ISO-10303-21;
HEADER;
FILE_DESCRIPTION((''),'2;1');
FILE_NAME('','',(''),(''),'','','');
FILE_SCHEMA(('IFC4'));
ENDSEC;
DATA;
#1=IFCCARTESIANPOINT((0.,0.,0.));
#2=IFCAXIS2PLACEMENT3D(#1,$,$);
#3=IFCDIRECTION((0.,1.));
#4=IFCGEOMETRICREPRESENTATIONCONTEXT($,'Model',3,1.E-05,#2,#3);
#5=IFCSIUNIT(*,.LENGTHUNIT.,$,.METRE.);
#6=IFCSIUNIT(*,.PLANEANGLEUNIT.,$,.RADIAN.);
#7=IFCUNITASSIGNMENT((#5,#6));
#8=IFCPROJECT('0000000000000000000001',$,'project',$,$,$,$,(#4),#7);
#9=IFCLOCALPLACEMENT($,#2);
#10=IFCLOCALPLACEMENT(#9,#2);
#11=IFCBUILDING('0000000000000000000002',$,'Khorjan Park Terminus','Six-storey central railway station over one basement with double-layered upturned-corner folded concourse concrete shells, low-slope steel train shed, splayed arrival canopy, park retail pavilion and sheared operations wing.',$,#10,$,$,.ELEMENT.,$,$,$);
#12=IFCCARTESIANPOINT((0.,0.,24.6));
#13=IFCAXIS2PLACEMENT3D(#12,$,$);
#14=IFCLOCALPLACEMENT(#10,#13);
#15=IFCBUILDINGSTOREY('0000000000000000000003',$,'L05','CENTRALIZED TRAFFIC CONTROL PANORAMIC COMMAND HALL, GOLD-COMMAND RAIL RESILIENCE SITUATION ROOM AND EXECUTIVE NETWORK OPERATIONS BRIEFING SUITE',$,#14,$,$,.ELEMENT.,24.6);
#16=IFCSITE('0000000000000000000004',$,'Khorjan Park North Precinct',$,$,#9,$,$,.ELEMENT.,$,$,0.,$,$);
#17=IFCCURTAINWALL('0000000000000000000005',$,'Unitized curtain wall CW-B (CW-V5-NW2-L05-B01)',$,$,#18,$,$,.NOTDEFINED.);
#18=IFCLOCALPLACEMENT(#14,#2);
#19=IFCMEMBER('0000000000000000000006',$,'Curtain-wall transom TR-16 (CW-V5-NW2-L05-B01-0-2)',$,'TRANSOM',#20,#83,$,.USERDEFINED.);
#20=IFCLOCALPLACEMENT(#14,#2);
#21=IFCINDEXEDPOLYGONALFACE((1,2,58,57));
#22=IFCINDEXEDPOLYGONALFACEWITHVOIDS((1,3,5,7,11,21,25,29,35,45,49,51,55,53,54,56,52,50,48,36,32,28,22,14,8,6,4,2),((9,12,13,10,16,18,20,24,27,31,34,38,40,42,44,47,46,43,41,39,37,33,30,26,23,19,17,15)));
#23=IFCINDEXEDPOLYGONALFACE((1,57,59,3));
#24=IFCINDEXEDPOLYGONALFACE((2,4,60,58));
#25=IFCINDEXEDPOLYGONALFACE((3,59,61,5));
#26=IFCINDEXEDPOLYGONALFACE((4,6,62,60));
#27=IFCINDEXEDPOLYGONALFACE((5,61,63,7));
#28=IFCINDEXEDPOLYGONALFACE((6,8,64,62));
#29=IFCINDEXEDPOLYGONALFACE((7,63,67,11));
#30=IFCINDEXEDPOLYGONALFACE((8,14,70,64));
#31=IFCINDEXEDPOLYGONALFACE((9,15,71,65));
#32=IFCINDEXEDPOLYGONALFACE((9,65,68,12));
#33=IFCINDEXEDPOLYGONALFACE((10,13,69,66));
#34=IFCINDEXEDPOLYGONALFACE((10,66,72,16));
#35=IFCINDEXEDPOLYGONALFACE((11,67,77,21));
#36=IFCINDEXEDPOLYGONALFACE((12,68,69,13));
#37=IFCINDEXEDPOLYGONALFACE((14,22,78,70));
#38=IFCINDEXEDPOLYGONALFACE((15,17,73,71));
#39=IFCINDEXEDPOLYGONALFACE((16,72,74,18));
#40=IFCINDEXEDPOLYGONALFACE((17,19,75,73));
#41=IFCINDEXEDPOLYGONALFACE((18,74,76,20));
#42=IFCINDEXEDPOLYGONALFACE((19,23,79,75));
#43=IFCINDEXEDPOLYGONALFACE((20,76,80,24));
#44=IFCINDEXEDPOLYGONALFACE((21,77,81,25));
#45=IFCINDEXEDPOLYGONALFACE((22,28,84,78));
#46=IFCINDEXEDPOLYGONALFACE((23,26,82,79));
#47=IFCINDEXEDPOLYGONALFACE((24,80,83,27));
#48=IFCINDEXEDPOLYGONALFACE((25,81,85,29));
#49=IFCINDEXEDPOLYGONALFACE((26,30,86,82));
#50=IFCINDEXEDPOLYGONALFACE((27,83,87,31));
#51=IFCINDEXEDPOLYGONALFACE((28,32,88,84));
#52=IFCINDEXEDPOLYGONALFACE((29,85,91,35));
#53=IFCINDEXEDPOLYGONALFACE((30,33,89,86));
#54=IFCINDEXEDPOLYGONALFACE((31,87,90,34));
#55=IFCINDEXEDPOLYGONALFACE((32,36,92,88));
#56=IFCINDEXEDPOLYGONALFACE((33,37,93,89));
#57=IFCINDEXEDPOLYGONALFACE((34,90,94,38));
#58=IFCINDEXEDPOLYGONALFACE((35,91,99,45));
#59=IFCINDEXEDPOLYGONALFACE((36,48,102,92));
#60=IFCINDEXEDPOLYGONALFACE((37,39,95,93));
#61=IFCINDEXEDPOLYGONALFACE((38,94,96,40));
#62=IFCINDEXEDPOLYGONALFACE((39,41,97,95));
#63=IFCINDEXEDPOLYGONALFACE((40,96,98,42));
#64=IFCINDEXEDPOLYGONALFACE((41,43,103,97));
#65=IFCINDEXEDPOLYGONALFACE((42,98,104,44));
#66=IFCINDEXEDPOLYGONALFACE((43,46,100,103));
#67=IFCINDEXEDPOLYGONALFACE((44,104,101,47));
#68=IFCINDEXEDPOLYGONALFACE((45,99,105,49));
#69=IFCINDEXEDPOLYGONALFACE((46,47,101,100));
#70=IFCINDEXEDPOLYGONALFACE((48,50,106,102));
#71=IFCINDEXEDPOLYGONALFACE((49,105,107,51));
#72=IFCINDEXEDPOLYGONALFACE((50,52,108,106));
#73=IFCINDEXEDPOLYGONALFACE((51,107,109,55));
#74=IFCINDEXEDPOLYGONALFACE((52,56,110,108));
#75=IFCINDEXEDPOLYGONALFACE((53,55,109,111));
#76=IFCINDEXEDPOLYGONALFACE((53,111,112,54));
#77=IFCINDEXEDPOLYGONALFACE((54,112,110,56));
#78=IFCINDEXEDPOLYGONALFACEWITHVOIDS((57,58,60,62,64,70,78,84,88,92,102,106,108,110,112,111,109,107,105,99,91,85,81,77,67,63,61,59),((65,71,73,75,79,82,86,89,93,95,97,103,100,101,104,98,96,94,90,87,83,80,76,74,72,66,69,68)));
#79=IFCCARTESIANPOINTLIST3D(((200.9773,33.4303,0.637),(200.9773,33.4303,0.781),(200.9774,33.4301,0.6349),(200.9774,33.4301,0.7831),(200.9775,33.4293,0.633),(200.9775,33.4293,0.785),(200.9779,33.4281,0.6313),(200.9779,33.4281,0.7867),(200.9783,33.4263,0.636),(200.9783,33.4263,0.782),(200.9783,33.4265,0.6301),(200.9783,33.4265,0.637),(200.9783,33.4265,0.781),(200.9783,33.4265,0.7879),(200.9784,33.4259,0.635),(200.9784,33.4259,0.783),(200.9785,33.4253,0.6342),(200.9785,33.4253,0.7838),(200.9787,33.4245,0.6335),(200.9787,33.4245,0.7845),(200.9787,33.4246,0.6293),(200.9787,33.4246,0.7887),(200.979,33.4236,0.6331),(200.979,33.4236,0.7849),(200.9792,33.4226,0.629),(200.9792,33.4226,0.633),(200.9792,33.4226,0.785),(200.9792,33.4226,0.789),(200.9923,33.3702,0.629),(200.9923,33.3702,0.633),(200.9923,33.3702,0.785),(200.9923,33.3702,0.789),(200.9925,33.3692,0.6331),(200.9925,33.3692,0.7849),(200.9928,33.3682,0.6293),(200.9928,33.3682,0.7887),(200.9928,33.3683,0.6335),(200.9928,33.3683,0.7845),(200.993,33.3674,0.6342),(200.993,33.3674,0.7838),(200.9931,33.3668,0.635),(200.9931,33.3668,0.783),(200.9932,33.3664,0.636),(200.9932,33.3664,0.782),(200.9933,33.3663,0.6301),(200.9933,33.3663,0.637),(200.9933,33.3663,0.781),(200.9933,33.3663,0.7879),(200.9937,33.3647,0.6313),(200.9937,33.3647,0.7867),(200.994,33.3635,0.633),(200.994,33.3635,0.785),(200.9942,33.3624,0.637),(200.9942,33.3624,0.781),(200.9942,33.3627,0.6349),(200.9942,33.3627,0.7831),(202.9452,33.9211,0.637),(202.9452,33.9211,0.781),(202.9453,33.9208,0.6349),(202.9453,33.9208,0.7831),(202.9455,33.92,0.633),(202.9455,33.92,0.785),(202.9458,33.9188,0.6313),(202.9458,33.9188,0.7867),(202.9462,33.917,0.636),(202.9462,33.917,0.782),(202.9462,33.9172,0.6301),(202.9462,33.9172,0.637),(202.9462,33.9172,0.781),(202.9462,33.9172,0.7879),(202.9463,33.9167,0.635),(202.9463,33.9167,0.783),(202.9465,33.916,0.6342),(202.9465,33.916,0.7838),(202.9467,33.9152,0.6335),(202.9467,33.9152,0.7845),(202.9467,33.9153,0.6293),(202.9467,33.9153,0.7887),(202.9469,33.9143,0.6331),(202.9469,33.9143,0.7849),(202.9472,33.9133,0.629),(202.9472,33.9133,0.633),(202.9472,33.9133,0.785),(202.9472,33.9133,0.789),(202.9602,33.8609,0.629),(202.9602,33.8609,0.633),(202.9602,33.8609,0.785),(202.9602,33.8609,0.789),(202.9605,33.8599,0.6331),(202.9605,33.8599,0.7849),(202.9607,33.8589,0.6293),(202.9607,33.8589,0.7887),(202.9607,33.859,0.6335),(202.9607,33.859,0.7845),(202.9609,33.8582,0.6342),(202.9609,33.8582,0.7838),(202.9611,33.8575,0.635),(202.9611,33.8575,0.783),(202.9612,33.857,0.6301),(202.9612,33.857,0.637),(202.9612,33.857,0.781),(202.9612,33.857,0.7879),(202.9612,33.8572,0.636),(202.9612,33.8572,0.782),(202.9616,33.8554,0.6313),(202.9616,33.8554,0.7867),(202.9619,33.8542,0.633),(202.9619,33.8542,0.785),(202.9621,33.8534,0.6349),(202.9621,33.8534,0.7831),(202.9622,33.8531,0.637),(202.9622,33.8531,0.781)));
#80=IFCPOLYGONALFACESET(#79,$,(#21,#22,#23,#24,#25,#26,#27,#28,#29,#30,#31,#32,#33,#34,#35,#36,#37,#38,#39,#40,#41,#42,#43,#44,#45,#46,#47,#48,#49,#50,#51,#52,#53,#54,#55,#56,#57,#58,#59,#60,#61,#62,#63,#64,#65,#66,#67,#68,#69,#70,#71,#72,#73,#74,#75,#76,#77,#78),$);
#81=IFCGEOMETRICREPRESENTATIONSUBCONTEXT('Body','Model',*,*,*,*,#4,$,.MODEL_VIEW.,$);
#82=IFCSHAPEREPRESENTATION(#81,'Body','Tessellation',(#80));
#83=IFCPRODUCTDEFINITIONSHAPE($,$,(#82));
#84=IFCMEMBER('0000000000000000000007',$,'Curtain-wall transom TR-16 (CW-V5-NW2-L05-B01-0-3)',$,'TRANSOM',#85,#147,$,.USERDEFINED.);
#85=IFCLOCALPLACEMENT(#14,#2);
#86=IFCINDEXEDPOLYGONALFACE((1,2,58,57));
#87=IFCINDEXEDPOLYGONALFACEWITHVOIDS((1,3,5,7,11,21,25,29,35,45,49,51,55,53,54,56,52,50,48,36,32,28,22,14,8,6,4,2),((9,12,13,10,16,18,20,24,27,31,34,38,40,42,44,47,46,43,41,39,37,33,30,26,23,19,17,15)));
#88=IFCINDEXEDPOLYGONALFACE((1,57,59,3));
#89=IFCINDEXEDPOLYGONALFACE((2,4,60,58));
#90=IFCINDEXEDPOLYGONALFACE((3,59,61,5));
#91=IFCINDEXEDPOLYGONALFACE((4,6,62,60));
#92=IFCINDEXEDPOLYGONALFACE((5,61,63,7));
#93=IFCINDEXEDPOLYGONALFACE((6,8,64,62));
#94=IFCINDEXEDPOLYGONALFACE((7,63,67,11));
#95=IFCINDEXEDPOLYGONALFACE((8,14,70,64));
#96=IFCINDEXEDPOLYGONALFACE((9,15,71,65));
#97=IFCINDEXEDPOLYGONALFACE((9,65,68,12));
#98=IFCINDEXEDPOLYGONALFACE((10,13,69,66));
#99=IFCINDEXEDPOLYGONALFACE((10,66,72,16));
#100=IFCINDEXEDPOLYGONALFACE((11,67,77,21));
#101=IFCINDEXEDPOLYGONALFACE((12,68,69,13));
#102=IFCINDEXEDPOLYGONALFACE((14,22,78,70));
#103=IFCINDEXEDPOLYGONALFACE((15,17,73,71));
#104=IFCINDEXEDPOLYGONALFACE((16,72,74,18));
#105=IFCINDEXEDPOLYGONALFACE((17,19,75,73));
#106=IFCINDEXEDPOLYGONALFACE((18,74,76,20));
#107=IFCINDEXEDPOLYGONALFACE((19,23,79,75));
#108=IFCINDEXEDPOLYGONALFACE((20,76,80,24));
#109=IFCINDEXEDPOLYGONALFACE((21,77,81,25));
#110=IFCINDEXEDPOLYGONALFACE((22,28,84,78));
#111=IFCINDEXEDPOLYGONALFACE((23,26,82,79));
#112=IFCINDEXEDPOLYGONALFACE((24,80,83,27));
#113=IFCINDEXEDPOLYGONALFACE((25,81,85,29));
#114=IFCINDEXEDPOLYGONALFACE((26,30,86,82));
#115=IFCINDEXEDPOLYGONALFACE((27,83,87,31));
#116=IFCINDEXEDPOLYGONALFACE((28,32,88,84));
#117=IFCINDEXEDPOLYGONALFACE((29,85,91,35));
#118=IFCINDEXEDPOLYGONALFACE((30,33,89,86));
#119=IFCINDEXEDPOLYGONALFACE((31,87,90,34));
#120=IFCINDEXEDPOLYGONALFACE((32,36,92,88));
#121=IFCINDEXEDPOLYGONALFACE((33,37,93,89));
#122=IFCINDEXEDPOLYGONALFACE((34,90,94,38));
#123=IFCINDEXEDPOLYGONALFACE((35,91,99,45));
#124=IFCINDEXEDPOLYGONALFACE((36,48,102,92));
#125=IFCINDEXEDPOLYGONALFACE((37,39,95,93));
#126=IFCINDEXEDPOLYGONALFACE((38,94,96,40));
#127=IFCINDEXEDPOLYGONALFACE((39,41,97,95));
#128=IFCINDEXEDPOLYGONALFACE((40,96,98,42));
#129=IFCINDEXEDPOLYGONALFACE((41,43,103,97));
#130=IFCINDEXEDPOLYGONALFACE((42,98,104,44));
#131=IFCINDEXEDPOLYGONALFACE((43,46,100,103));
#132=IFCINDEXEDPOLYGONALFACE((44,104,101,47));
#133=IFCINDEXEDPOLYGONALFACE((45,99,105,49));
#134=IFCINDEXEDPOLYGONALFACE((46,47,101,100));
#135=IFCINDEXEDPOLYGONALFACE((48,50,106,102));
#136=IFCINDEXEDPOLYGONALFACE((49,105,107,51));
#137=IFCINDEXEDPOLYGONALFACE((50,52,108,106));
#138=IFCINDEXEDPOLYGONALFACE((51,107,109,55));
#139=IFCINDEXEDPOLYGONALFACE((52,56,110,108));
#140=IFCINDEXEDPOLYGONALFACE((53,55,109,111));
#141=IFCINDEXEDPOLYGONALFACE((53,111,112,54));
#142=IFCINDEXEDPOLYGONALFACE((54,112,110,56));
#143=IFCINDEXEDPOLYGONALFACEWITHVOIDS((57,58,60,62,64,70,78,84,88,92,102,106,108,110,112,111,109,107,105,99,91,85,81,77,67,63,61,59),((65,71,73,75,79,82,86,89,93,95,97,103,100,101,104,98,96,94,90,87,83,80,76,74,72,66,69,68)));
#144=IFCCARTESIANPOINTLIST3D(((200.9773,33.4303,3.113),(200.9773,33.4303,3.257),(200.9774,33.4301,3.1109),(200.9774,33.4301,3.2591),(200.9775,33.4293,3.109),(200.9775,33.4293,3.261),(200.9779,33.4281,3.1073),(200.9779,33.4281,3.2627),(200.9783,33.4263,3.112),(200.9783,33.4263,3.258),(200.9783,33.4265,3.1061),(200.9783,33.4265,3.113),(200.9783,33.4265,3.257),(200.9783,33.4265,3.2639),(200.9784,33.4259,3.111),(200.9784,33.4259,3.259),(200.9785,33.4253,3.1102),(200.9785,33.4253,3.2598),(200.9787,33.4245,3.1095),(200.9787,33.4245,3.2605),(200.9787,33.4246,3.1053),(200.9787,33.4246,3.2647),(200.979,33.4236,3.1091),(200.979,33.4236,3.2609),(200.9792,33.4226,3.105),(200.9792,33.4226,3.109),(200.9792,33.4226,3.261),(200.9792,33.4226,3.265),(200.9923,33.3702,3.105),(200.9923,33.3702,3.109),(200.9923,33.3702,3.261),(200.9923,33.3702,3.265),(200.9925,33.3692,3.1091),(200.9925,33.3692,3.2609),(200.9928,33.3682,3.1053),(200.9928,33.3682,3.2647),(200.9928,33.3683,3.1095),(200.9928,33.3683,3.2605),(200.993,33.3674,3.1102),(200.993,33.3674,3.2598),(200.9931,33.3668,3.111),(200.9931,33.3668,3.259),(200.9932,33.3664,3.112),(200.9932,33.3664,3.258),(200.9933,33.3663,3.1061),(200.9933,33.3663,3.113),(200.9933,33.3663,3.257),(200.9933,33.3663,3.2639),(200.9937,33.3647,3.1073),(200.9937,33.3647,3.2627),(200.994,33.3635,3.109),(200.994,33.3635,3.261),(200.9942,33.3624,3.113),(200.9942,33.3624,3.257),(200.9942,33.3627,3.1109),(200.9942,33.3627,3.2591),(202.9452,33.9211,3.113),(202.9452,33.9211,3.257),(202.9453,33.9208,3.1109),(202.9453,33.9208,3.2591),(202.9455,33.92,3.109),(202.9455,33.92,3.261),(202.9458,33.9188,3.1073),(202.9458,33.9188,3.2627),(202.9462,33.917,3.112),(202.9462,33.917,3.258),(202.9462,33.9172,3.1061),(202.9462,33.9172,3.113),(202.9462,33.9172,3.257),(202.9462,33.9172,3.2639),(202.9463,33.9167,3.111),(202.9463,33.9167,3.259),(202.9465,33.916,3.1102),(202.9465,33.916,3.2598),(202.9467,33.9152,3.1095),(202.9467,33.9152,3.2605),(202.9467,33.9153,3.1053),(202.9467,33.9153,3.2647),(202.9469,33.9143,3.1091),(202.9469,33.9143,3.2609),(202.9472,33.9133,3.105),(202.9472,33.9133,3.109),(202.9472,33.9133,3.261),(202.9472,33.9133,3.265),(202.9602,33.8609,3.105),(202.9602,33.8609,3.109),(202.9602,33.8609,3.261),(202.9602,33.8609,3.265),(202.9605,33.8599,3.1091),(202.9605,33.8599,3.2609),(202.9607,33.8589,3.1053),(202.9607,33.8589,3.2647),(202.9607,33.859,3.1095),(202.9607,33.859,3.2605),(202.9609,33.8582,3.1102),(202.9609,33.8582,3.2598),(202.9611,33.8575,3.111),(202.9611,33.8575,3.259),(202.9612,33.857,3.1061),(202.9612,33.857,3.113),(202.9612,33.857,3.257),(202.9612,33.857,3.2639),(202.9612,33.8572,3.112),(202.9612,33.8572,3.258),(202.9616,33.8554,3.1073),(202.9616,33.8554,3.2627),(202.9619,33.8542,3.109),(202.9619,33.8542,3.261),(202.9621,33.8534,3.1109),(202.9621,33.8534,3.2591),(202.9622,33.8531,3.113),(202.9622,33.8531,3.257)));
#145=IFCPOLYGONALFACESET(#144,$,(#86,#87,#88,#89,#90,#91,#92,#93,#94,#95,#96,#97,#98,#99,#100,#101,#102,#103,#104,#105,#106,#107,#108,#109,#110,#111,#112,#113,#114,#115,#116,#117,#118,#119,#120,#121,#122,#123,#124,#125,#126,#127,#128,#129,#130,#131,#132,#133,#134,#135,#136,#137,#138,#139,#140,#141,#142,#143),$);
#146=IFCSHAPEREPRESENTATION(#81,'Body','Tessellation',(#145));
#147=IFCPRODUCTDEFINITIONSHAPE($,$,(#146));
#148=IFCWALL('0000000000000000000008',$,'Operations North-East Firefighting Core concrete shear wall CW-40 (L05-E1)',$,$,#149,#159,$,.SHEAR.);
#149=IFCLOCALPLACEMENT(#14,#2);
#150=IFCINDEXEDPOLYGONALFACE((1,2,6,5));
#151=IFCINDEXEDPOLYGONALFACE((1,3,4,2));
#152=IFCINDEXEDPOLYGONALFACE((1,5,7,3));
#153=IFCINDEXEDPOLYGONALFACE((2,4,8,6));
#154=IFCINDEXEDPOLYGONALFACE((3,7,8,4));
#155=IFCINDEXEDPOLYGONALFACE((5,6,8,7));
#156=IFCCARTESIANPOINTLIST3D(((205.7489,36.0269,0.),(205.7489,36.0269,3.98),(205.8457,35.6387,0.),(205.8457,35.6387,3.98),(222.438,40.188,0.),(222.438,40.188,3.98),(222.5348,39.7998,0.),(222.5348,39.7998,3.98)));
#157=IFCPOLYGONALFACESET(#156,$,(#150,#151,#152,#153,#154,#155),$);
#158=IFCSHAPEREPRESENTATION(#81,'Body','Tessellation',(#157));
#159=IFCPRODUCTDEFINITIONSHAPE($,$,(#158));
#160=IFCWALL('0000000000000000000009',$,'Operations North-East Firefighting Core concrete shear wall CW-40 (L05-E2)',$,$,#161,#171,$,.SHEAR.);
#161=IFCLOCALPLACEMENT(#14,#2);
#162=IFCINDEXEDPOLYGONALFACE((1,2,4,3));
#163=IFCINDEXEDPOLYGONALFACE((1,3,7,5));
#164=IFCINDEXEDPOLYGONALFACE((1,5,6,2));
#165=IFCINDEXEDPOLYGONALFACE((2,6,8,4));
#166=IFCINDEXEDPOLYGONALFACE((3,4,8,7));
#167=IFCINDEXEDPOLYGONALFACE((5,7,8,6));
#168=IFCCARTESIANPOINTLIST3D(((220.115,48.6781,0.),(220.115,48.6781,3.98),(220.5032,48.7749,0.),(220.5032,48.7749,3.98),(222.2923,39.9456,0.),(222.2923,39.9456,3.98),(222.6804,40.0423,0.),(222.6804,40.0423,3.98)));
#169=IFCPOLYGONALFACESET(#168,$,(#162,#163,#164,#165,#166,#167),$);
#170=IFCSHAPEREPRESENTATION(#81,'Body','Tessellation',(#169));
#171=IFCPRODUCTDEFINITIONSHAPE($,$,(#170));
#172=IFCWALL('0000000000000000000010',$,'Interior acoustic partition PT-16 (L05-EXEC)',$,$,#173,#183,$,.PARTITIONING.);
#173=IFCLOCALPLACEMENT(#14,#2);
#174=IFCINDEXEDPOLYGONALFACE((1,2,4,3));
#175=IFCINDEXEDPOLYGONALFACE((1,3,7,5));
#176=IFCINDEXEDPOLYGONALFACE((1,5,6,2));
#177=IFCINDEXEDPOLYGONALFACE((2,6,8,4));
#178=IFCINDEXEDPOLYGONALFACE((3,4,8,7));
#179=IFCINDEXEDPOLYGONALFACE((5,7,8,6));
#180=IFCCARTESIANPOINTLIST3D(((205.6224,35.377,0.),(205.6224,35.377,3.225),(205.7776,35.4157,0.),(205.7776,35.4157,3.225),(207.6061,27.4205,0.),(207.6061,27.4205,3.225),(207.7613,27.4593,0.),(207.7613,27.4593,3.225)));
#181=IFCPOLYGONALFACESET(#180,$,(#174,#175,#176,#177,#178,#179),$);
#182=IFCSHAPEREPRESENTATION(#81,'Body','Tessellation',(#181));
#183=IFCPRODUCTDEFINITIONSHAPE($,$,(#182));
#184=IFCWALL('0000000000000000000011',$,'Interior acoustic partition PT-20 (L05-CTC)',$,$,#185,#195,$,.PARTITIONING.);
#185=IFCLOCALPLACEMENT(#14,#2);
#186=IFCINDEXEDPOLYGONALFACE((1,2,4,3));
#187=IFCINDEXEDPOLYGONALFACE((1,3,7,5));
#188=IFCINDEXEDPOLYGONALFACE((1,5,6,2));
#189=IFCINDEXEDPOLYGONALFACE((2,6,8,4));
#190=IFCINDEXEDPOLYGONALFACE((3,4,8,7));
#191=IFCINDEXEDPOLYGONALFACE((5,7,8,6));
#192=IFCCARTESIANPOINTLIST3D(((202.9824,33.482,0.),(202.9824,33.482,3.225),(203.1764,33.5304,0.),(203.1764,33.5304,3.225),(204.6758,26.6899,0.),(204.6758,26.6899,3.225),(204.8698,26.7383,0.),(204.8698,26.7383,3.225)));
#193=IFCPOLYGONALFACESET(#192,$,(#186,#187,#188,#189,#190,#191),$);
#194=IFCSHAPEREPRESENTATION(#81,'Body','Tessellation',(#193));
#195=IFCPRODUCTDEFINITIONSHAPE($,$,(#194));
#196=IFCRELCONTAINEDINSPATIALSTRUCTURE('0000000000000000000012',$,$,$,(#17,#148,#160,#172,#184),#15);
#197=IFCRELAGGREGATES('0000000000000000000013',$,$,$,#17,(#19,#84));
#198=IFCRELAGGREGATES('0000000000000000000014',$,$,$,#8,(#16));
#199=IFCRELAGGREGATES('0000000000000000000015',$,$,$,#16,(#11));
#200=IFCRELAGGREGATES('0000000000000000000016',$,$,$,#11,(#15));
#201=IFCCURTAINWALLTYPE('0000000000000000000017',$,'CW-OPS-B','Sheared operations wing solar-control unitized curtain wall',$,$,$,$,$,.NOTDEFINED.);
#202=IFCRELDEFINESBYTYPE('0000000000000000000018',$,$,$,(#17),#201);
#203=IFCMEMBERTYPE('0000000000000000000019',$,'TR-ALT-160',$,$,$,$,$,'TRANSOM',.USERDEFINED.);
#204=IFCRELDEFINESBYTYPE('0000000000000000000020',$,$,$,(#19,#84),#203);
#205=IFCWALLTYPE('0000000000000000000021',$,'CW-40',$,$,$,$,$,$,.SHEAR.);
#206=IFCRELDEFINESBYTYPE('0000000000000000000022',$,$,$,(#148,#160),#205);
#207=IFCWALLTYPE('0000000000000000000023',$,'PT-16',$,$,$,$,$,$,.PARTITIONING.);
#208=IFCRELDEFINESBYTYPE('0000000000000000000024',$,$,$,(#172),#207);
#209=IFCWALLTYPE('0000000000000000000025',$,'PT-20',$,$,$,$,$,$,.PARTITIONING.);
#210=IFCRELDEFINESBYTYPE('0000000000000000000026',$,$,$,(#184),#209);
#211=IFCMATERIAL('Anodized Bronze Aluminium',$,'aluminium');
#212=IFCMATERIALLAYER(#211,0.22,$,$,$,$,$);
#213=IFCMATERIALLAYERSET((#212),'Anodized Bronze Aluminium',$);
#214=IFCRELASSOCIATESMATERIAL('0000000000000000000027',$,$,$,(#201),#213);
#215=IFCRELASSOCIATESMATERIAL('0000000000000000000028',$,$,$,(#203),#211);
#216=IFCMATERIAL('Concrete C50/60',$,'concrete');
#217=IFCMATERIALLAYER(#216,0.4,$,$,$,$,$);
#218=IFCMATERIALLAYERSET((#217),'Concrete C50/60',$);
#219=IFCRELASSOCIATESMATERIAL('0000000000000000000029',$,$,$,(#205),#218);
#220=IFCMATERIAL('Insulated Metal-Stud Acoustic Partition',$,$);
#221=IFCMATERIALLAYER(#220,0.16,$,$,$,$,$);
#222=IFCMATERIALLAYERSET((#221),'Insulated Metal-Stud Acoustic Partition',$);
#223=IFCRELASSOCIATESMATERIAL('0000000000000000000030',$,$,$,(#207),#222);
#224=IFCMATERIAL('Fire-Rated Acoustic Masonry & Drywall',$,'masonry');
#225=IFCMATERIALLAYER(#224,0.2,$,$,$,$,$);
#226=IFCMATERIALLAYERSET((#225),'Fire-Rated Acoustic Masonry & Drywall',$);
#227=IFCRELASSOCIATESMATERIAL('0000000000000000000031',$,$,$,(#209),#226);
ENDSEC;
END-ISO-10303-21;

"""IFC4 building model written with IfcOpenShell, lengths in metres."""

from ifc_helpers import new_model, si_unit, direction, frame, frame_2d, origin, origin_2d, place, context, subcontext, project, spatial, rectangle, hollow_rectangle, extrude, material, layer, layer_set, material_profile, profile_set, type_object, element, aggregate, save


model = new_model("IFC4")

# Units and contexts
model_context = context("Model", 3, precision=1e-05, world=origin(), true_north=direction((0.0, 1.0)))
body_context = subcontext(model_context, "Body", "Model", "MODEL_VIEW")
ifc_project = project(units=[si_unit("LENGTHUNIT", "METRE"), si_unit("PLANEANGLEUNIT", "RADIAN")], contexts=[model_context])

# Site, building, storey
site_placement = place(None, origin())
site = spatial("IfcSite", under=ifc_project, at=site_placement, Name="Khorjan Park North Precinct", CompositionType="ELEMENT", RefElevation=0.0)
building_placement = place(site_placement, origin())
building = spatial("IfcBuilding", under=site, at=building_placement, Name="Khorjan Park Terminus", Description="Six-storey central railway station over one basement with double-layered upturned-corner folded concourse concrete shells, low-slope steel train shed, splayed arrival canopy, park retail pavilion and sheared operations wing.", CompositionType="ELEMENT")
storey_placement = place(building_placement, frame((0.0, 0.0, 24.6)))
storey = spatial("IfcBuildingStorey", under=building, at=storey_placement, Name="L05", Description="CENTRALIZED TRAFFIC CONTROL PANORAMIC COMMAND HALL, GOLD-COMMAND RAIL RESILIENCE SITUATION ROOM AND EXECUTIVE NETWORK OPERATIONS BRIEFING SUITE", CompositionType="ELEMENT", Elevation=24.6)

# Shared definitions
ifc_material_1 = material(Name="Concrete C50/60", Category="concrete")

# Curtain wall, members
ifc_material_2 = material(Name="Anodized Bronze Aluminium", Category="aluminium")
ifc_layer_1 = layer(ifc_material_2, 0.22)
ifc_layer_set_1 = layer_set([ifc_layer_1], Name="Anodized Bronze Aluminium")
curtain_wall_type = type_object("IfcCurtainWallType", Name="CW-OPS-B", Description="Sheared operations wing solar-control unitized curtain wall", PredefinedType="NOTDEFINED", material=ifc_layer_set_1)
curtain_wall_placement = place(storey_placement, origin())
curtain_wall = element("IfcCurtainWall", 1, at=curtain_wall_placement, inside=storey, type_object=curtain_wall_type, Name="Unitized curtain wall CW-B (CW-V5-NW2-L05-B01)", PredefinedType="NOTDEFINED")
ifc_material_profile_1 = material_profile(ifc_material_2, hollow_rectangle(XDim=0.07, YDim=0.16, WallThickness=0.004, InnerFilletRadius=0.004, OuterFilletRadius=0.008, at=origin_2d()), Name="ALT 70x160x4")
ifc_profile_set_1 = profile_set([ifc_material_profile_1], Name="Anodized Bronze Aluminium")
member_type_1 = type_object("IfcMemberType", Name="TR-ALT-160", ElementType="TRANSOM", PredefinedType="USERDEFINED", material=ifc_profile_set_1)
member_1_placement = place(storey_placement, frame((202.9537, 33.8871, 0.709), z_axis=(-0.97029, -0.241944, 0.0), x_axis=(0.241944, -0.97029, 0.0)))
member_1 = element("IfcMember", 2, at=member_1_placement, type_object=member_type_1, Name="Curtain-wall transom TR-16 (CW-V5-NW2-L05-B01-0-2)", ObjectType="TRANSOM", PredefinedType="USERDEFINED", context=body_context, shape_type="SweptSolid", body=[
    extrude(hollow_rectangle(XDim=0.07, YDim=0.16, WallThickness=0.004, InnerFilletRadius=0.004, OuterFilletRadius=0.008, at=origin_2d()), origin(), (0.0, 0.0, 1.0), 2.0282),
])
member_2_placement = place(storey_placement, frame((202.9537, 33.8871, 3.185), z_axis=(-0.97029, -0.241944, 0.0), x_axis=(0.241944, -0.97029, 0.0)))
member_2 = element("IfcMember", 3, at=member_2_placement, type_object=member_type_1, Name="Curtain-wall transom TR-16 (CW-V5-NW2-L05-B01-0-3)", ObjectType="TRANSOM", PredefinedType="USERDEFINED", context=body_context, shape_type="SweptSolid", body=[
    extrude(hollow_rectangle(XDim=0.07, YDim=0.16, WallThickness=0.004, InnerFilletRadius=0.004, OuterFilletRadius=0.008, at=origin_2d()), origin(), (0.0, 0.0, 1.0), 2.0282),
])
aggregate(curtain_wall, [member_1, member_2])

# Walls
ifc_layer_2 = layer(ifc_material_1, 0.4)
ifc_layer_set_2 = layer_set([ifc_layer_2], Name="Concrete C50/60")
wall_type_1 = type_object("IfcWallType", Name="CW-40", PredefinedType="SHEAR", material=ifc_layer_set_2)
wall_1_placement = place(storey_placement, frame((205.7973, 35.8328, 0.0), z_axis=(0.0, 0.0, 1.0), x_axis=(0.970295, 0.241924, 0.0)))
element("IfcWall", 4, at=wall_1_placement, inside=storey, type_object=wall_type_1, Name="Operations North-East Firefighting Core concrete shear wall CW-40 (L05-E1)", PredefinedType="SHEAR", context=body_context, shape_type="SweptSolid", body=[
    extrude(rectangle(XDim=17.2, YDim=0.4, at=frame_2d((8.6, 0.0))), origin(), (0.0, 0.0, 1.0), 3.98),
])
wall_2_placement = place(storey_placement, frame((222.4864, 39.9939, 0.0), z_axis=(0.0, 0.0, 1.0), x_axis=(-0.241924, 0.970295, 0.0)))
element("IfcWall", 5, at=wall_2_placement, inside=storey, type_object=wall_type_1, Name="Operations North-East Firefighting Core concrete shear wall CW-40 (L05-E2)", PredefinedType="SHEAR", context=body_context, shape_type="SweptSolid", body=[
    extrude(rectangle(XDim=8.9999, YDim=0.4, at=frame_2d((4.5, 0.0))), origin(), (0.0, 0.0, 1.0), 3.98),
])
ifc_material_3 = material(Name="Insulated Metal-Stud Acoustic Partition")
ifc_layer_3 = layer(ifc_material_3, 0.16)
ifc_layer_set_3 = layer_set([ifc_layer_3], Name="Insulated Metal-Stud Acoustic Partition")
wall_type_2 = type_object("IfcWallType", Name="PT-16", PredefinedType="PARTITIONING", material=ifc_layer_set_3)
wall_3_placement = place(storey_placement, frame((207.6837, 27.4399, 0.0), z_axis=(0.0, 0.0, 1.0), x_axis=(-0.241916, 0.970297, 0.0)))
element("IfcWall", 6, at=wall_3_placement, inside=storey, type_object=wall_type_2, Name="Interior acoustic partition PT-16 (L05-EXEC)", PredefinedType="PARTITIONING", context=body_context, shape_type="SweptSolid", body=[
    extrude(rectangle(XDim=8.2, YDim=0.16, at=frame_2d((4.1, 0.0))), origin(), (0.0, 0.0, 1.0), 3.225),
])
ifc_material_4 = material(Name="Fire-Rated Acoustic Masonry & Drywall", Category="masonry")
ifc_layer_4 = layer(ifc_material_4, 0.2)
ifc_layer_set_4 = layer_set([ifc_layer_4], Name="Fire-Rated Acoustic Masonry & Drywall")
wall_type_3 = type_object("IfcWallType", Name="PT-20", PredefinedType="PARTITIONING", material=ifc_layer_set_4)
wall_4_placement = place(storey_placement, frame((203.0794, 33.5062, 0.0), z_axis=(0.0, 0.0, 1.0), x_axis=(0.241914, -0.970298, 0.0)))
element("IfcWall", 7, at=wall_4_placement, inside=storey, type_object=wall_type_3, Name="Interior acoustic partition PT-20 (L05-CTC)", PredefinedType="PARTITIONING", context=body_context, shape_type="SweptSolid", body=[
    extrude(rectangle(XDim=7.0, YDim=0.2, at=frame_2d((3.5, 0.0))), origin(), (0.0, 0.0, 1.0), 3.225),
])

save(model, "model.ifc")
